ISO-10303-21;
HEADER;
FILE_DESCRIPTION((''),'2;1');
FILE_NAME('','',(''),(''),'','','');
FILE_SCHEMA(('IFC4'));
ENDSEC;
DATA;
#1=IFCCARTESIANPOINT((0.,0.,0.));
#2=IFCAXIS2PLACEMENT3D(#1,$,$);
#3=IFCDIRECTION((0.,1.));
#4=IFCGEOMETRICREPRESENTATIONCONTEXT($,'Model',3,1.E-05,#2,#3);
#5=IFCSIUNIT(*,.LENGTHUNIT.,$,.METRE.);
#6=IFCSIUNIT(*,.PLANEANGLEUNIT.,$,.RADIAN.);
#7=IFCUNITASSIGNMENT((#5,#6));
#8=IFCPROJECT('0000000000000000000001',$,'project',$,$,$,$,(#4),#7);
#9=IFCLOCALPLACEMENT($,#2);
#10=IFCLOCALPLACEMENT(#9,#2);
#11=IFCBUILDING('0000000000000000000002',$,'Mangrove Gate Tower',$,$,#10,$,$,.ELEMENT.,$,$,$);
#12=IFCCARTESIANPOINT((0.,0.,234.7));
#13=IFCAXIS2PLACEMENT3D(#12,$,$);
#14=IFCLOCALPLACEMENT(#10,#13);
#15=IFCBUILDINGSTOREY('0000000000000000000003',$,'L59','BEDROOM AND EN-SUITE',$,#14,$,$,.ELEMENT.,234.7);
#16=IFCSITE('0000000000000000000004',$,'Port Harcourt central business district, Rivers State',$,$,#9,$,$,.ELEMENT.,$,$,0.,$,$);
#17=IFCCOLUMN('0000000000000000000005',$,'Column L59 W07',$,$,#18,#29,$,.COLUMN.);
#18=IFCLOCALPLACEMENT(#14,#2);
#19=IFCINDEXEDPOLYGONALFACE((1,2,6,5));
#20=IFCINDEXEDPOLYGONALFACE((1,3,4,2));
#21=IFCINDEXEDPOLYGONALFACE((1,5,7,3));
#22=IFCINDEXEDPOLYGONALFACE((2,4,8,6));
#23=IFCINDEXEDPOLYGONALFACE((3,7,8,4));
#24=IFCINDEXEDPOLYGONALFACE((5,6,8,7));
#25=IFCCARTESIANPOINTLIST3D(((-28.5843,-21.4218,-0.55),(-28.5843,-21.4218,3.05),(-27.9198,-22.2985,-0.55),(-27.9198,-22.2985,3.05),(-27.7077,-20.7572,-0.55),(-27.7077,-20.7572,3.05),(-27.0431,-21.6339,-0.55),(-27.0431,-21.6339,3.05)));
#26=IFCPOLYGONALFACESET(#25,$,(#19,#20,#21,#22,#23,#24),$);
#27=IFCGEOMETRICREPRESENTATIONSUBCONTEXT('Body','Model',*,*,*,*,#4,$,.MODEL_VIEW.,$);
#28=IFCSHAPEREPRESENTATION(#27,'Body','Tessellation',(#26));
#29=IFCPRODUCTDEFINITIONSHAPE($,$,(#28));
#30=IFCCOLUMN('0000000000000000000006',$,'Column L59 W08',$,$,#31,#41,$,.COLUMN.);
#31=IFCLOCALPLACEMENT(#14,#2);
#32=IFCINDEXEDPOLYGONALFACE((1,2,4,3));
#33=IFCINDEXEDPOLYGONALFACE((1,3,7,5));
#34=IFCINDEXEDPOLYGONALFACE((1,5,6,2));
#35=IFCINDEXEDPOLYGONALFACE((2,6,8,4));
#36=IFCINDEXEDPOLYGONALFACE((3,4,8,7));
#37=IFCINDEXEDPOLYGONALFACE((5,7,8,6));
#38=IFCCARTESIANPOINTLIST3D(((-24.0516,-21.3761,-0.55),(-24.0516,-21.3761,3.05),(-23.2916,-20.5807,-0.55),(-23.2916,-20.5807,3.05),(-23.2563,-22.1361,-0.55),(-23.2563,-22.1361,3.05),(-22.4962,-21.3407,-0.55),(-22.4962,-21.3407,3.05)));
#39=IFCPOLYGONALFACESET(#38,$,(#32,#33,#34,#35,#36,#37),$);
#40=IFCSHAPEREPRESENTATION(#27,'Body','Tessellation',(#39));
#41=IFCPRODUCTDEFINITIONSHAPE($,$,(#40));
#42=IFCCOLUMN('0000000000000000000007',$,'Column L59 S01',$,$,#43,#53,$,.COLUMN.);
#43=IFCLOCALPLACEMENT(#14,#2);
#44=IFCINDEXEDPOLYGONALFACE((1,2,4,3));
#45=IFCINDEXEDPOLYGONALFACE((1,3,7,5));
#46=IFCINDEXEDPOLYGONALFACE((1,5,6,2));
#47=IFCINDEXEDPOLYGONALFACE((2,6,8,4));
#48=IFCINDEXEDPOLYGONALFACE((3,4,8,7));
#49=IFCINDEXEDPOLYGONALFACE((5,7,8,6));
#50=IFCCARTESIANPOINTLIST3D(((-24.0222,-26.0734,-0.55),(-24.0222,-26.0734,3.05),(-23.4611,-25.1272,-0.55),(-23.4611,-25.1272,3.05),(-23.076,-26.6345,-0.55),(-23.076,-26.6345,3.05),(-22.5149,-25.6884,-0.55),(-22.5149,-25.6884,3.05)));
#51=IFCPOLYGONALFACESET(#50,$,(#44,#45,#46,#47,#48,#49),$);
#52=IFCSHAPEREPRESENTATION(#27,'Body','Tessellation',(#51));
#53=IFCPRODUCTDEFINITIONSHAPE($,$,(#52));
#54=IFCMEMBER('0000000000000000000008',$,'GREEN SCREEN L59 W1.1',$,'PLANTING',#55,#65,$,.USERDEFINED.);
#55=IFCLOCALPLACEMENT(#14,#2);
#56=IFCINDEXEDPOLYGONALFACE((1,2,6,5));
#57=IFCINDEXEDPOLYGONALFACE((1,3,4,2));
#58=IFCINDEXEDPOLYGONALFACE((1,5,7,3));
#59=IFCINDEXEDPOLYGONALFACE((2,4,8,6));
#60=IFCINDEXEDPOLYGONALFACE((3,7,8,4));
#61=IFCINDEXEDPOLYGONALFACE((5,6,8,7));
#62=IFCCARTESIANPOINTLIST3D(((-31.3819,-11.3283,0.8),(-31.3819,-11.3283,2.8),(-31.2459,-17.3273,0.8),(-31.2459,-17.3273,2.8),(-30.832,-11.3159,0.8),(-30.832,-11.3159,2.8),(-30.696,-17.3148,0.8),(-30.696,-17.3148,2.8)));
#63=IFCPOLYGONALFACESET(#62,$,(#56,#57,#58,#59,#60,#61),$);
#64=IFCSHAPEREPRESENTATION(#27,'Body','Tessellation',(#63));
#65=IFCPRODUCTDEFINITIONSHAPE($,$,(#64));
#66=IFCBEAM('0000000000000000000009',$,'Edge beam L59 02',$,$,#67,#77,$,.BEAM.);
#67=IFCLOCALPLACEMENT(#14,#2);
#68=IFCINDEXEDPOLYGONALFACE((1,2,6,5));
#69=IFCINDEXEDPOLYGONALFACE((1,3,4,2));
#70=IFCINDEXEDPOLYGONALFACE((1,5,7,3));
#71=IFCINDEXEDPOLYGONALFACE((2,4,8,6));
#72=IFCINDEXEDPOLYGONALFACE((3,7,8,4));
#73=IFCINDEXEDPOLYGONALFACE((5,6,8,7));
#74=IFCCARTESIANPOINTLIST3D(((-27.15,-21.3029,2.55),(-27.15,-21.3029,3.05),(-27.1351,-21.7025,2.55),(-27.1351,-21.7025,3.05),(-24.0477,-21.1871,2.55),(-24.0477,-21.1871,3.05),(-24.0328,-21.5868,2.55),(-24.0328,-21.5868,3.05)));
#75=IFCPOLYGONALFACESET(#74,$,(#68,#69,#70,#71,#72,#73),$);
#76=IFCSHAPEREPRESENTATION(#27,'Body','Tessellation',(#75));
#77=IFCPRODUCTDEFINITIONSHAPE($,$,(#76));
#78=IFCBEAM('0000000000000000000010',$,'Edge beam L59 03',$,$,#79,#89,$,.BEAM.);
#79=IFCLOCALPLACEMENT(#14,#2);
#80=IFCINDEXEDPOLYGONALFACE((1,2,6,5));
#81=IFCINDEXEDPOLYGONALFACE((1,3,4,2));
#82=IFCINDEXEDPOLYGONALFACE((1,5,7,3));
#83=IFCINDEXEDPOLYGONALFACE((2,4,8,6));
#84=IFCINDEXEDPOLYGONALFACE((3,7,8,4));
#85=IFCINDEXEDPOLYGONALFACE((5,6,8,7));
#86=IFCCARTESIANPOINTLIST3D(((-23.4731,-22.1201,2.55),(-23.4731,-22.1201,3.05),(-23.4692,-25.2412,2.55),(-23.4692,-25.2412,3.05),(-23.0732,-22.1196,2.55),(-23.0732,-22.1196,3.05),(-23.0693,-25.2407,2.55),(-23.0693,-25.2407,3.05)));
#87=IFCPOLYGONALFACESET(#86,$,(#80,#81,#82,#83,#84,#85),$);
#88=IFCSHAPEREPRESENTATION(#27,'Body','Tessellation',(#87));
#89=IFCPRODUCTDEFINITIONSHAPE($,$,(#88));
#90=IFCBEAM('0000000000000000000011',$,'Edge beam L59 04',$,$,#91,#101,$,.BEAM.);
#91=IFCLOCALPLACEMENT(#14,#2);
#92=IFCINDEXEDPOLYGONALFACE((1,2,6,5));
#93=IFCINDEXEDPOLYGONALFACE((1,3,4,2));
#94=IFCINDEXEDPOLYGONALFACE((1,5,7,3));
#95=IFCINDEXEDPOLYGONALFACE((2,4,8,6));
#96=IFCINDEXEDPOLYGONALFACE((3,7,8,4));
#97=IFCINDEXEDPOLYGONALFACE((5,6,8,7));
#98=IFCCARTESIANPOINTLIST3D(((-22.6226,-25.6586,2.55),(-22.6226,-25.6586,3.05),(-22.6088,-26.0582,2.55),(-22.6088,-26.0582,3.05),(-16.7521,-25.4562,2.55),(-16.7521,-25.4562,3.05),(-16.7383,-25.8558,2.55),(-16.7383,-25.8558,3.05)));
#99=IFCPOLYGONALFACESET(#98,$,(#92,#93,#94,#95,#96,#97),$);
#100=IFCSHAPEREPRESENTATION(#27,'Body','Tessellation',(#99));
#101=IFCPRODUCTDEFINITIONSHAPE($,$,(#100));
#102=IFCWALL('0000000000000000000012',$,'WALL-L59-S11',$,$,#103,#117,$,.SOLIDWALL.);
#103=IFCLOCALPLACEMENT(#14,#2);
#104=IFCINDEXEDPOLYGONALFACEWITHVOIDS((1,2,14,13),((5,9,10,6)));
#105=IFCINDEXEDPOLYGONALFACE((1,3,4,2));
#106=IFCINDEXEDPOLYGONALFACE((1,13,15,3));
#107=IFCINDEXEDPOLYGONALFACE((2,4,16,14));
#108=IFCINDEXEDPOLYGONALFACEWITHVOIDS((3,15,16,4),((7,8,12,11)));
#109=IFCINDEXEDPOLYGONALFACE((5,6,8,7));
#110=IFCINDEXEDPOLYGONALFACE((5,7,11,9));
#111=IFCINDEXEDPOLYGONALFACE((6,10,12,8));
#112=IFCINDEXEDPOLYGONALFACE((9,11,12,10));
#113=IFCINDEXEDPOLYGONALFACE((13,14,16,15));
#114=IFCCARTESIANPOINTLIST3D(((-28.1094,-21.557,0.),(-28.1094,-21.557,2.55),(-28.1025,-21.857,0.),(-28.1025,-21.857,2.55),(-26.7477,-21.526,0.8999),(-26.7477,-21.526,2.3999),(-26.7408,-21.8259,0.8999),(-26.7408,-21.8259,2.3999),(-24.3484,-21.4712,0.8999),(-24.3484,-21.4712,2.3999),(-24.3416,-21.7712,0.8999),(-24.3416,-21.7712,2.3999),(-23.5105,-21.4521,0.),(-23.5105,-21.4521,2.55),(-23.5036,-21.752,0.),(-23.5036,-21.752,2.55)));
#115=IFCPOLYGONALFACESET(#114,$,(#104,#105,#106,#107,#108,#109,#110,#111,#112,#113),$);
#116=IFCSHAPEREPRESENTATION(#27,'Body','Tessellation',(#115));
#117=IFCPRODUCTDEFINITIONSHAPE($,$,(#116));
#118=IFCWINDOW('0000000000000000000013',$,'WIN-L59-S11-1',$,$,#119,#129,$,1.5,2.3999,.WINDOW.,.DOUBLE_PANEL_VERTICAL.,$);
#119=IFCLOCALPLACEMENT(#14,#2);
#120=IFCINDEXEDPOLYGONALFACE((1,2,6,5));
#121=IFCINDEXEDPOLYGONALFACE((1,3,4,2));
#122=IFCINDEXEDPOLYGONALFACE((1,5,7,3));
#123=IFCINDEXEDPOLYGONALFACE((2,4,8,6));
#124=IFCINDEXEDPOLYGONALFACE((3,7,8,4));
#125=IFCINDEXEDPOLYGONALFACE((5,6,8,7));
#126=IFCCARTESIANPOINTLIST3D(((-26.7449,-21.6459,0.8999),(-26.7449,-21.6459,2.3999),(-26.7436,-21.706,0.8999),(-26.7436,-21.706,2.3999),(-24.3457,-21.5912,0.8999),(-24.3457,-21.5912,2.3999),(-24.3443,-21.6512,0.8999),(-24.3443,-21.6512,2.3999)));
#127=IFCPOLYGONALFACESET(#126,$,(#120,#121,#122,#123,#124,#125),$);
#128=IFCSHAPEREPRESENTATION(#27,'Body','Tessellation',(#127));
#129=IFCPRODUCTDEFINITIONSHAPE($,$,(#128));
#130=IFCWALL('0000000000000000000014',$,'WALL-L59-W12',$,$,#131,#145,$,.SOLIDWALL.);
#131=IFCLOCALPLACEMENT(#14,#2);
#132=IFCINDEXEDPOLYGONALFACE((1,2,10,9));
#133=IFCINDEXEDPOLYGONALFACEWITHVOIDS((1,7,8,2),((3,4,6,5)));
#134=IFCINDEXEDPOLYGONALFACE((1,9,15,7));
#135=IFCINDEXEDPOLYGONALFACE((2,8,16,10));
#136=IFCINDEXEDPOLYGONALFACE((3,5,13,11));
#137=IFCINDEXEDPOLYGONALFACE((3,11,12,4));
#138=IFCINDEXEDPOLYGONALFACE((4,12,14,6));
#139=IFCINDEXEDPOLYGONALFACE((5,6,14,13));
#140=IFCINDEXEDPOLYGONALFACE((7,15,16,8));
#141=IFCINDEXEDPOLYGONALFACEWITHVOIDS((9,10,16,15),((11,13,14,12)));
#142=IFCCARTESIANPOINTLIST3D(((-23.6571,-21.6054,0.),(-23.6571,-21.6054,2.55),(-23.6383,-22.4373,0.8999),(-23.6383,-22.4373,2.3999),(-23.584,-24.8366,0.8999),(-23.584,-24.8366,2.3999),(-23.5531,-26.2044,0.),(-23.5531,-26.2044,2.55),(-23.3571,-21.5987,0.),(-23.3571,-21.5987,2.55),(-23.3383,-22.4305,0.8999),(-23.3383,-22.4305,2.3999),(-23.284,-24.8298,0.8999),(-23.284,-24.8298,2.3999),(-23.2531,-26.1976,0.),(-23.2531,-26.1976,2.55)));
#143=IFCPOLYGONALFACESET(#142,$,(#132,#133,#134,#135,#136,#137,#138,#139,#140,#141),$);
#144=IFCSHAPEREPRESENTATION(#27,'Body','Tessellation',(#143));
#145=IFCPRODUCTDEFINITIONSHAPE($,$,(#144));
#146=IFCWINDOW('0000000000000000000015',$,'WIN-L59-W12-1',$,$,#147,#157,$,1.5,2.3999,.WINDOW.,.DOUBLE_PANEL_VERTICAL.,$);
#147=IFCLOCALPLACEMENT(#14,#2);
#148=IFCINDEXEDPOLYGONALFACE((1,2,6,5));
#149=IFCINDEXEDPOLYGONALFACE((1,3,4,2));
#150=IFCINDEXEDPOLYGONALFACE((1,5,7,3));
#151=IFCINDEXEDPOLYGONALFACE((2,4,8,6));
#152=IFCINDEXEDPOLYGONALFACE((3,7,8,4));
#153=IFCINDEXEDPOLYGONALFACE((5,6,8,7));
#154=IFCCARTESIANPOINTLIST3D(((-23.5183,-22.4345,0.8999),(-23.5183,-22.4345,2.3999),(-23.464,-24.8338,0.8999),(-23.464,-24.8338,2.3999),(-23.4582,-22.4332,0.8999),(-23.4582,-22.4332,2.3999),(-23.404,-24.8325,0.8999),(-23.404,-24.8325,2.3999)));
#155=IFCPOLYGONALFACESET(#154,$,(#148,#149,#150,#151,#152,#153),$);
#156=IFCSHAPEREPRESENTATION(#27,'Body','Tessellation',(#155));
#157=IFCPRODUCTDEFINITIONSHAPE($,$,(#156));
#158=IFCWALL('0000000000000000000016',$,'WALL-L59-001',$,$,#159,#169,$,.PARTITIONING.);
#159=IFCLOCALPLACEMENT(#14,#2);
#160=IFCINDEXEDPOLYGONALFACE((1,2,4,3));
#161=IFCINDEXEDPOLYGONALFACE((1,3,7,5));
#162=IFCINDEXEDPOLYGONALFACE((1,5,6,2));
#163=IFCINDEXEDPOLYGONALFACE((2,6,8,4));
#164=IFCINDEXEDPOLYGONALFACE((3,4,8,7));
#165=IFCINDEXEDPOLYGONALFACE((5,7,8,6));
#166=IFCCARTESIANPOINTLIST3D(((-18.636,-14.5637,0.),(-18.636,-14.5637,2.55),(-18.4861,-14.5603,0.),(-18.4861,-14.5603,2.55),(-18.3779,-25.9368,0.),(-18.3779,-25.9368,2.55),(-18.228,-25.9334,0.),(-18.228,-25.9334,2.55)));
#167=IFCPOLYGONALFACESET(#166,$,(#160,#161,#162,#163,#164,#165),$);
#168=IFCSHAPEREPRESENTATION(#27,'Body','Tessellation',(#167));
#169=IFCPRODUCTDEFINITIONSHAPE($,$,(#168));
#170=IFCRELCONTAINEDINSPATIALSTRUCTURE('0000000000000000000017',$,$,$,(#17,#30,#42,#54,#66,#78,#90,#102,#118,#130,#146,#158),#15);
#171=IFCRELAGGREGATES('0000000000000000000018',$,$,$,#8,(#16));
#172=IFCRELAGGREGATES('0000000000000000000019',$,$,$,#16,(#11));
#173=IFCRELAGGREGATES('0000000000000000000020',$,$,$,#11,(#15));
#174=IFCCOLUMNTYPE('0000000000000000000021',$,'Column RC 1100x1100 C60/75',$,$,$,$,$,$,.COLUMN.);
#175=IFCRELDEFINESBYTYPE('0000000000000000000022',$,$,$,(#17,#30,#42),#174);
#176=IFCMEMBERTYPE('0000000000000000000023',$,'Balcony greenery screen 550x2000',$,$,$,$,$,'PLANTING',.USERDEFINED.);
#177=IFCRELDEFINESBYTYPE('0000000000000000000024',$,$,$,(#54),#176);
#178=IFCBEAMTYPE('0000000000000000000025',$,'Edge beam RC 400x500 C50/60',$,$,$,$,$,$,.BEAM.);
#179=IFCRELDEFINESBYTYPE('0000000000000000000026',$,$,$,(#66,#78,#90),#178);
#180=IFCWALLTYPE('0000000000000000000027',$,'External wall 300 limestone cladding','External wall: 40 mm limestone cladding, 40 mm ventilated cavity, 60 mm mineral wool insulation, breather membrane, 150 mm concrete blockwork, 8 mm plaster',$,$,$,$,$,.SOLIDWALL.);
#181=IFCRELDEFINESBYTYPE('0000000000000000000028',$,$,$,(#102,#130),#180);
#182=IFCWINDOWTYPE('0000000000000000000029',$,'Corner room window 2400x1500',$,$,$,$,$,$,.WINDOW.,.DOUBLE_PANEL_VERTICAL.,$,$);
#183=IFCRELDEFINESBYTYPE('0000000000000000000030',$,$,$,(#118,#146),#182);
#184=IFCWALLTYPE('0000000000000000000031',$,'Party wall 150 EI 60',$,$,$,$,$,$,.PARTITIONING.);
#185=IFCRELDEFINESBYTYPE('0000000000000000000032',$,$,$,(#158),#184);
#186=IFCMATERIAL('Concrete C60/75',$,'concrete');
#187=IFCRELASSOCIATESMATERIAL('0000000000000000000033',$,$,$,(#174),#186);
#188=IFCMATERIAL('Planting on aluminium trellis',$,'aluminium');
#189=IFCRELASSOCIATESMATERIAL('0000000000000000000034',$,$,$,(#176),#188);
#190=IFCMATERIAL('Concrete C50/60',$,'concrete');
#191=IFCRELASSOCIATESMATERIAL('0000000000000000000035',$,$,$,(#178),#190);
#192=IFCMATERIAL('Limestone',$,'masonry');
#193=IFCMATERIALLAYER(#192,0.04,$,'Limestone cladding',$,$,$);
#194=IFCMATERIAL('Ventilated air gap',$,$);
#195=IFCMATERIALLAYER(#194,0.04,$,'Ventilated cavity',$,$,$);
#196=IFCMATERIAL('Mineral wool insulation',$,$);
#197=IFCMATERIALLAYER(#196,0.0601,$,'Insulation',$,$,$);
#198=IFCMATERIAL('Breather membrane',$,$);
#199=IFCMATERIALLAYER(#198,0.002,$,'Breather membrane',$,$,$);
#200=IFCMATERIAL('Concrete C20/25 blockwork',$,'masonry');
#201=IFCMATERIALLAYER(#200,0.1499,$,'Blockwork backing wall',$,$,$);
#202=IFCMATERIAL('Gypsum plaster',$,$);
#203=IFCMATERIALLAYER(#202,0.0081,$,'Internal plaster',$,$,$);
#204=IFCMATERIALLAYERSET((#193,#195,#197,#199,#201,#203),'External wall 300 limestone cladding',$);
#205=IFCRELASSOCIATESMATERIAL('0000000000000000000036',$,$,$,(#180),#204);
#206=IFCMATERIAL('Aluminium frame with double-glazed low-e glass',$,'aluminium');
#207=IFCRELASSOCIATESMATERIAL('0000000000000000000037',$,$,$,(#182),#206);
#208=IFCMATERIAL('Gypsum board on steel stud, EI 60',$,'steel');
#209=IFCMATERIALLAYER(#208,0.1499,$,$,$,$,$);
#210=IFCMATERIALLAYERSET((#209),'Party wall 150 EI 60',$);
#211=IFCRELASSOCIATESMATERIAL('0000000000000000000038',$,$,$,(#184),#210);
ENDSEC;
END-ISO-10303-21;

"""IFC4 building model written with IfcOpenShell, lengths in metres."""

from ifc_helpers import new_model, si_unit, direction, frame, frame_2d, origin, origin_2d, place, context, subcontext, project, spatial, rectangle, extrude, material, layer, layer_set, material_profile, profile_set, type_object, element, fill, save


model = new_model("IFC4")

# Units and contexts
model_context = context("Model", 3, precision=1e-05, world=origin(), true_north=direction((0.0, 1.0)))
body_context = subcontext(model_context, "Body", "Model", "MODEL_VIEW")
ifc_project = project(units=[si_unit("LENGTHUNIT", "METRE"), si_unit("PLANEANGLEUNIT", "RADIAN")], contexts=[model_context])

# Site, building, storey
site_placement = place(None, origin())
site = spatial("IfcSite", under=ifc_project, at=site_placement, Name="Port Harcourt central business district, Rivers State", CompositionType="ELEMENT", RefElevation=0.0)
building_placement = place(site_placement, origin())
building = spatial("IfcBuilding", under=site, at=building_placement, Name="Mangrove Gate Tower", CompositionType="ELEMENT")
storey_placement = place(building_placement, frame((0.0, 0.0, 234.7)))
storey = spatial("IfcBuildingStorey", under=building, at=storey_placement, Name="L59", Description="BEDROOM AND EN-SUITE", CompositionType="ELEMENT", Elevation=234.7)

# Columns
ifc_material_1 = material(Name="Concrete C60/75", Category="concrete")
ifc_material_profile_1 = material_profile(ifc_material_1, rectangle(XDim=1.1001, YDim=1.1001, at=origin_2d()))
ifc_profile_set_1 = profile_set([ifc_material_profile_1], Name="Concrete C60/75")
column_type = type_object("IfcColumnType", Name="Column RC 1100x1100 C60/75", PredefinedType="COLUMN", material=ifc_profile_set_1)
for number, where, z_axis, x_axis, name in (
    (1, (-27.8137, -21.5278, -0.55), (0.0, 0.0, 1.0), (0.604088, -0.796917, 0.0), "Column L59 W07"),
    (2, (-23.2739, -21.3584, -0.55), (0.0, 0.0, 1.0), (0.722989, -0.69086, 0.0), "Column L59 W08"),
    (3, (-23.2686, -25.8809, -0.55), (0.0, 0.0, 1.0), (0.860103, -0.510121, 0.0), "Column L59 S01"),
):
    element("IfcColumn", number, at=place(storey_placement, frame(where, z_axis=z_axis, x_axis=x_axis)), inside=storey, type_object=column_type, Name=name, PredefinedType="COLUMN", context=body_context, shape_type="SweptSolid", body=[
        extrude(rectangle(XDim=1.1001, YDim=1.1001, at=origin_2d()), origin(), (0.0, 0.0, 1.0), 3.6001),
    ])

# Member
ifc_material_2 = material(Name="Planting on aluminium trellis", Category="aluminium")
ifc_material_profile_2 = material_profile(ifc_material_2, rectangle(XDim=0.55, YDim=2.0, at=origin_2d()))
ifc_profile_set_2 = profile_set([ifc_material_profile_2], Name="Planting on aluminium trellis")
member_type = type_object("IfcMemberType", Name="Balcony greenery screen 550x2000", ElementType="PLANTING", PredefinedType="USERDEFINED", material=ifc_profile_set_2)
member_placement = place(storey_placement, frame((-30.9709, -17.321, 1.8), z_axis=(-0.022662, 0.999743, 0.0), x_axis=(-0.999743, -0.022662, 0.0)))
element("IfcMember", 4, at=member_placement, inside=storey, type_object=member_type, Name="GREEN SCREEN L59 W1.1", ObjectType="PLANTING", PredefinedType="USERDEFINED", context=body_context, shape_type="SweptSolid", body=[
    extrude(rectangle(XDim=0.55, YDim=2.0, at=origin_2d()), origin(), (0.0, 0.0, 1.0), 6.0005),
])

# Beams
ifc_material_3 = material(Name="Concrete C50/60", Category="concrete")
ifc_material_profile_3 = material_profile(ifc_material_3, rectangle(XDim=0.3999, YDim=0.5, at=origin_2d()))
ifc_profile_set_3 = profile_set([ifc_material_profile_3], Name="Concrete C50/60")
beam_type = type_object("IfcBeamType", Name="Edge beam RC 400x500 C50/60", PredefinedType="BEAM", material=ifc_profile_set_3)
beam_1_placement = place(storey_placement, frame((-27.1426, -21.5027, 2.8), z_axis=(0.999305, 0.037276, 0.0), x_axis=(-0.037276, 0.999305, 0.0)))
element("IfcBeam", 5, at=beam_1_placement, inside=storey, type_object=beam_type, Name="Edge beam L59 02", PredefinedType="BEAM", context=body_context, shape_type="SweptSolid", body=[
    extrude(rectangle(XDim=0.3999, YDim=0.5, at=origin_2d()), origin(), (0.0, 0.0, 1.0), 3.1045),
])
beam_2_placement = place(storey_placement, frame((-23.2732, -22.1199, 2.8), z_axis=(0.001252, -0.999999, 0.0), x_axis=(0.999999, 0.001252, 0.0)))
element("IfcBeam", 6, at=beam_2_placement, inside=storey, type_object=beam_type, Name="Edge beam L59 03", PredefinedType="BEAM", context=body_context, shape_type="SweptSolid", body=[
    extrude(rectangle(XDim=0.3999, YDim=0.5, at=origin_2d()), origin(), (0.0, 0.0, 1.0), 3.1211),
])
beam_3_placement = place(storey_placement, frame((-22.6157, -25.8584, 2.8), z_axis=(0.999406, 0.034455, 0.0), x_axis=(-0.034455, 0.999406, 0.0)))
element("IfcBeam", 7, at=beam_3_placement, inside=storey, type_object=beam_type, Name="Edge beam L59 04", PredefinedType="BEAM", context=body_context, shape_type="SweptSolid", body=[
    extrude(rectangle(XDim=0.3999, YDim=0.5, at=origin_2d()), origin(), (0.0, 0.0, 1.0), 5.874),
])

# Walls, openings, windows
ifc_material_4 = material(Name="Limestone", Category="masonry")
ifc_layer_1 = layer(ifc_material_4, 0.04, Name="Limestone cladding")
ifc_material_5 = material(Name="Ventilated air gap")
ifc_layer_2 = layer(ifc_material_5, 0.04, Name="Ventilated cavity")
ifc_material_6 = material(Name="Mineral wool insulation")
ifc_layer_3 = layer(ifc_material_6, 0.0601, Name="Insulation")
ifc_material_7 = material(Name="Breather membrane")
ifc_layer_4 = layer(ifc_material_7, 0.002, Name="Breather membrane")
ifc_material_8 = material(Name="Concrete C20/25 blockwork", Category="masonry")
ifc_layer_5 = layer(ifc_material_8, 0.1499, Name="Blockwork backing wall")
ifc_material_9 = material(Name="Gypsum plaster")
ifc_layer_6 = layer(ifc_material_9, 0.0081, Name="Internal plaster")
ifc_layer_set_1 = layer_set([ifc_layer_1, ifc_layer_2, ifc_layer_3, ifc_layer_4, ifc_layer_5, ifc_layer_6], Name="External wall 300 limestone cladding")
wall_type_1 = type_object("IfcWallType", Name="External wall 300 limestone cladding", Description="External wall: 40 mm limestone cladding, 40 mm ventilated cavity, 60 mm mineral wool insulation, breather membrane, 150 mm concrete blockwork, 8 mm plaster", PredefinedType="SOLIDWALL", material=ifc_layer_set_1)
wall_1_placement = place(storey_placement, frame((-28.106, -21.707, 0.0), z_axis=(0.0, 0.0, 1.0), x_axis=(0.99974, 0.022821, 0.0)))
wall_1 = element("IfcWall", 8, at=wall_1_placement, inside=storey, type_object=wall_type_1, Name="WALL-L59-S11", PredefinedType="SOLIDWALL", context=body_context, shape_type="SweptSolid", body=[
    extrude(rectangle(XDim=4.6001, YDim=0.3, at=frame_2d((2.3, 0.0))), origin(), (0.0, 0.0, 1.0), 2.55),
])
opening_1_placement = place(wall_1_placement, frame((1.3621, 0.0, 0.8999)))
opening_1 = element("IfcOpeningElement", 9, at=opening_1_placement, cuts=wall_1, PredefinedType="OPENING", context=body_context, shape_type="SweptSolid", body=[
    extrude(rectangle(XDim=2.3999, YDim=1.5, at=frame_2d((1.2, 0.75))), frame((0.0, 0.1599, 0.0), z_axis=(0.0, -1.0, 0.0), x_axis=(1.0, 0.0, 0.0)), (0.0, 0.0, 1.0), 0.3201),
])
ifc_material_10 = material(Name="Aluminium frame with double-glazed low-e glass", Category="aluminium")
window_type_1 = type_object("IfcWindowType", Name="Corner room window 2400x1500", PartitioningType="DOUBLE_PANEL_VERTICAL", PredefinedType="WINDOW", material=ifc_material_10)
window_1_placement = place(opening_1_placement, origin())
window_1 = element("IfcWindow", 10, at=window_1_placement, inside=storey, type_object=window_type_1, Name="WIN-L59-S11-1", OverallHeight=1.5, OverallWidth=2.3999, PartitioningType="DOUBLE_PANEL_VERTICAL", PredefinedType="WINDOW", context=body_context, shape_type="SweptSolid", body=[
    extrude(rectangle(XDim=2.3999, YDim=1.5, at=frame_2d((1.2, 0.75))), frame((0.0, 0.03, 0.0), z_axis=(0.0, -1.0, 0.0), x_axis=(1.0, 0.0, 0.0)), (0.0, 0.0, 1.0), 0.0601),
])
fill(opening_1, window_1)
wall_2_placement = place(storey_placement, frame((-23.5071, -21.6021, 0.0), z_axis=(0.0, 0.0, 1.0), x_axis=(0.022609, -0.999744, 0.0)))
wall_2 = element("IfcWall", 11, at=wall_2_placement, inside=storey, type_object=wall_type_1, Name="WALL-L59-W12", PredefinedType="SOLIDWALL", context=body_context, shape_type="SweptSolid", body=[
    extrude(rectangle(XDim=4.6001, YDim=0.3, at=frame_2d((2.3, 0.0))), origin(), (0.0, 0.0, 1.0), 2.55),
])
opening_2_placement = place(wall_2_placement, frame((0.832, 0.0, 0.8999)))
opening_2 = element("IfcOpeningElement", 12, at=opening_2_placement, cuts=wall_2, PredefinedType="OPENING", context=body_context, shape_type="SweptSolid", body=[
    extrude(rectangle(XDim=2.3999, YDim=1.5, at=frame_2d((1.2, 0.75))), frame((0.0, 0.1599, 0.0), z_axis=(0.0, -1.0, 0.0), x_axis=(1.0, 0.0, 0.0)), (0.0, 0.0, 1.0), 0.3201),
])
window_2_placement = place(opening_2_placement, origin())
window_2 = element("IfcWindow", 13, at=window_2_placement, inside=storey, type_object=window_type_1, Name="WIN-L59-W12-1", OverallHeight=1.5, OverallWidth=2.3999, PartitioningType="DOUBLE_PANEL_VERTICAL", PredefinedType="WINDOW", context=body_context, shape_type="SweptSolid", body=[
    extrude(rectangle(XDim=2.3999, YDim=1.5, at=frame_2d((1.2, 0.75))), frame((0.0, 0.03, 0.0), z_axis=(0.0, -1.0, 0.0), x_axis=(1.0, 0.0, 0.0)), (0.0, 0.0, 1.0), 0.0601),
])
fill(opening_2, window_2)

# Wall
ifc_material_11 = material(Name="Gypsum board on steel stud, EI 60", Category="steel")
ifc_layer_7 = layer(ifc_material_11, 0.1499)
ifc_layer_set_2 = layer_set([ifc_layer_7], Name="Party wall 150 EI 60")
wall_type_2 = type_object("IfcWallType", Name="Party wall 150 EI 60", PredefinedType="PARTITIONING", material=ifc_layer_set_2)
wall_3_placement = place(storey_placement, frame((-18.303, -25.9351, 0.0), z_axis=(0.0, 0.0, 1.0), x_axis=(-0.022684, 0.999743, 0.0)))
element("IfcWall", 14, at=wall_3_placement, inside=storey, type_object=wall_type_2, Name="WALL-L59-001", PredefinedType="PARTITIONING", context=body_context, shape_type="SweptSolid", body=[
    extrude(rectangle(XDim=11.376, YDim=0.1499, at=frame_2d((5.688, 0.0))), origin(), (0.0, 0.0, 1.0), 2.55),
])

save(model, "model.ifc")
